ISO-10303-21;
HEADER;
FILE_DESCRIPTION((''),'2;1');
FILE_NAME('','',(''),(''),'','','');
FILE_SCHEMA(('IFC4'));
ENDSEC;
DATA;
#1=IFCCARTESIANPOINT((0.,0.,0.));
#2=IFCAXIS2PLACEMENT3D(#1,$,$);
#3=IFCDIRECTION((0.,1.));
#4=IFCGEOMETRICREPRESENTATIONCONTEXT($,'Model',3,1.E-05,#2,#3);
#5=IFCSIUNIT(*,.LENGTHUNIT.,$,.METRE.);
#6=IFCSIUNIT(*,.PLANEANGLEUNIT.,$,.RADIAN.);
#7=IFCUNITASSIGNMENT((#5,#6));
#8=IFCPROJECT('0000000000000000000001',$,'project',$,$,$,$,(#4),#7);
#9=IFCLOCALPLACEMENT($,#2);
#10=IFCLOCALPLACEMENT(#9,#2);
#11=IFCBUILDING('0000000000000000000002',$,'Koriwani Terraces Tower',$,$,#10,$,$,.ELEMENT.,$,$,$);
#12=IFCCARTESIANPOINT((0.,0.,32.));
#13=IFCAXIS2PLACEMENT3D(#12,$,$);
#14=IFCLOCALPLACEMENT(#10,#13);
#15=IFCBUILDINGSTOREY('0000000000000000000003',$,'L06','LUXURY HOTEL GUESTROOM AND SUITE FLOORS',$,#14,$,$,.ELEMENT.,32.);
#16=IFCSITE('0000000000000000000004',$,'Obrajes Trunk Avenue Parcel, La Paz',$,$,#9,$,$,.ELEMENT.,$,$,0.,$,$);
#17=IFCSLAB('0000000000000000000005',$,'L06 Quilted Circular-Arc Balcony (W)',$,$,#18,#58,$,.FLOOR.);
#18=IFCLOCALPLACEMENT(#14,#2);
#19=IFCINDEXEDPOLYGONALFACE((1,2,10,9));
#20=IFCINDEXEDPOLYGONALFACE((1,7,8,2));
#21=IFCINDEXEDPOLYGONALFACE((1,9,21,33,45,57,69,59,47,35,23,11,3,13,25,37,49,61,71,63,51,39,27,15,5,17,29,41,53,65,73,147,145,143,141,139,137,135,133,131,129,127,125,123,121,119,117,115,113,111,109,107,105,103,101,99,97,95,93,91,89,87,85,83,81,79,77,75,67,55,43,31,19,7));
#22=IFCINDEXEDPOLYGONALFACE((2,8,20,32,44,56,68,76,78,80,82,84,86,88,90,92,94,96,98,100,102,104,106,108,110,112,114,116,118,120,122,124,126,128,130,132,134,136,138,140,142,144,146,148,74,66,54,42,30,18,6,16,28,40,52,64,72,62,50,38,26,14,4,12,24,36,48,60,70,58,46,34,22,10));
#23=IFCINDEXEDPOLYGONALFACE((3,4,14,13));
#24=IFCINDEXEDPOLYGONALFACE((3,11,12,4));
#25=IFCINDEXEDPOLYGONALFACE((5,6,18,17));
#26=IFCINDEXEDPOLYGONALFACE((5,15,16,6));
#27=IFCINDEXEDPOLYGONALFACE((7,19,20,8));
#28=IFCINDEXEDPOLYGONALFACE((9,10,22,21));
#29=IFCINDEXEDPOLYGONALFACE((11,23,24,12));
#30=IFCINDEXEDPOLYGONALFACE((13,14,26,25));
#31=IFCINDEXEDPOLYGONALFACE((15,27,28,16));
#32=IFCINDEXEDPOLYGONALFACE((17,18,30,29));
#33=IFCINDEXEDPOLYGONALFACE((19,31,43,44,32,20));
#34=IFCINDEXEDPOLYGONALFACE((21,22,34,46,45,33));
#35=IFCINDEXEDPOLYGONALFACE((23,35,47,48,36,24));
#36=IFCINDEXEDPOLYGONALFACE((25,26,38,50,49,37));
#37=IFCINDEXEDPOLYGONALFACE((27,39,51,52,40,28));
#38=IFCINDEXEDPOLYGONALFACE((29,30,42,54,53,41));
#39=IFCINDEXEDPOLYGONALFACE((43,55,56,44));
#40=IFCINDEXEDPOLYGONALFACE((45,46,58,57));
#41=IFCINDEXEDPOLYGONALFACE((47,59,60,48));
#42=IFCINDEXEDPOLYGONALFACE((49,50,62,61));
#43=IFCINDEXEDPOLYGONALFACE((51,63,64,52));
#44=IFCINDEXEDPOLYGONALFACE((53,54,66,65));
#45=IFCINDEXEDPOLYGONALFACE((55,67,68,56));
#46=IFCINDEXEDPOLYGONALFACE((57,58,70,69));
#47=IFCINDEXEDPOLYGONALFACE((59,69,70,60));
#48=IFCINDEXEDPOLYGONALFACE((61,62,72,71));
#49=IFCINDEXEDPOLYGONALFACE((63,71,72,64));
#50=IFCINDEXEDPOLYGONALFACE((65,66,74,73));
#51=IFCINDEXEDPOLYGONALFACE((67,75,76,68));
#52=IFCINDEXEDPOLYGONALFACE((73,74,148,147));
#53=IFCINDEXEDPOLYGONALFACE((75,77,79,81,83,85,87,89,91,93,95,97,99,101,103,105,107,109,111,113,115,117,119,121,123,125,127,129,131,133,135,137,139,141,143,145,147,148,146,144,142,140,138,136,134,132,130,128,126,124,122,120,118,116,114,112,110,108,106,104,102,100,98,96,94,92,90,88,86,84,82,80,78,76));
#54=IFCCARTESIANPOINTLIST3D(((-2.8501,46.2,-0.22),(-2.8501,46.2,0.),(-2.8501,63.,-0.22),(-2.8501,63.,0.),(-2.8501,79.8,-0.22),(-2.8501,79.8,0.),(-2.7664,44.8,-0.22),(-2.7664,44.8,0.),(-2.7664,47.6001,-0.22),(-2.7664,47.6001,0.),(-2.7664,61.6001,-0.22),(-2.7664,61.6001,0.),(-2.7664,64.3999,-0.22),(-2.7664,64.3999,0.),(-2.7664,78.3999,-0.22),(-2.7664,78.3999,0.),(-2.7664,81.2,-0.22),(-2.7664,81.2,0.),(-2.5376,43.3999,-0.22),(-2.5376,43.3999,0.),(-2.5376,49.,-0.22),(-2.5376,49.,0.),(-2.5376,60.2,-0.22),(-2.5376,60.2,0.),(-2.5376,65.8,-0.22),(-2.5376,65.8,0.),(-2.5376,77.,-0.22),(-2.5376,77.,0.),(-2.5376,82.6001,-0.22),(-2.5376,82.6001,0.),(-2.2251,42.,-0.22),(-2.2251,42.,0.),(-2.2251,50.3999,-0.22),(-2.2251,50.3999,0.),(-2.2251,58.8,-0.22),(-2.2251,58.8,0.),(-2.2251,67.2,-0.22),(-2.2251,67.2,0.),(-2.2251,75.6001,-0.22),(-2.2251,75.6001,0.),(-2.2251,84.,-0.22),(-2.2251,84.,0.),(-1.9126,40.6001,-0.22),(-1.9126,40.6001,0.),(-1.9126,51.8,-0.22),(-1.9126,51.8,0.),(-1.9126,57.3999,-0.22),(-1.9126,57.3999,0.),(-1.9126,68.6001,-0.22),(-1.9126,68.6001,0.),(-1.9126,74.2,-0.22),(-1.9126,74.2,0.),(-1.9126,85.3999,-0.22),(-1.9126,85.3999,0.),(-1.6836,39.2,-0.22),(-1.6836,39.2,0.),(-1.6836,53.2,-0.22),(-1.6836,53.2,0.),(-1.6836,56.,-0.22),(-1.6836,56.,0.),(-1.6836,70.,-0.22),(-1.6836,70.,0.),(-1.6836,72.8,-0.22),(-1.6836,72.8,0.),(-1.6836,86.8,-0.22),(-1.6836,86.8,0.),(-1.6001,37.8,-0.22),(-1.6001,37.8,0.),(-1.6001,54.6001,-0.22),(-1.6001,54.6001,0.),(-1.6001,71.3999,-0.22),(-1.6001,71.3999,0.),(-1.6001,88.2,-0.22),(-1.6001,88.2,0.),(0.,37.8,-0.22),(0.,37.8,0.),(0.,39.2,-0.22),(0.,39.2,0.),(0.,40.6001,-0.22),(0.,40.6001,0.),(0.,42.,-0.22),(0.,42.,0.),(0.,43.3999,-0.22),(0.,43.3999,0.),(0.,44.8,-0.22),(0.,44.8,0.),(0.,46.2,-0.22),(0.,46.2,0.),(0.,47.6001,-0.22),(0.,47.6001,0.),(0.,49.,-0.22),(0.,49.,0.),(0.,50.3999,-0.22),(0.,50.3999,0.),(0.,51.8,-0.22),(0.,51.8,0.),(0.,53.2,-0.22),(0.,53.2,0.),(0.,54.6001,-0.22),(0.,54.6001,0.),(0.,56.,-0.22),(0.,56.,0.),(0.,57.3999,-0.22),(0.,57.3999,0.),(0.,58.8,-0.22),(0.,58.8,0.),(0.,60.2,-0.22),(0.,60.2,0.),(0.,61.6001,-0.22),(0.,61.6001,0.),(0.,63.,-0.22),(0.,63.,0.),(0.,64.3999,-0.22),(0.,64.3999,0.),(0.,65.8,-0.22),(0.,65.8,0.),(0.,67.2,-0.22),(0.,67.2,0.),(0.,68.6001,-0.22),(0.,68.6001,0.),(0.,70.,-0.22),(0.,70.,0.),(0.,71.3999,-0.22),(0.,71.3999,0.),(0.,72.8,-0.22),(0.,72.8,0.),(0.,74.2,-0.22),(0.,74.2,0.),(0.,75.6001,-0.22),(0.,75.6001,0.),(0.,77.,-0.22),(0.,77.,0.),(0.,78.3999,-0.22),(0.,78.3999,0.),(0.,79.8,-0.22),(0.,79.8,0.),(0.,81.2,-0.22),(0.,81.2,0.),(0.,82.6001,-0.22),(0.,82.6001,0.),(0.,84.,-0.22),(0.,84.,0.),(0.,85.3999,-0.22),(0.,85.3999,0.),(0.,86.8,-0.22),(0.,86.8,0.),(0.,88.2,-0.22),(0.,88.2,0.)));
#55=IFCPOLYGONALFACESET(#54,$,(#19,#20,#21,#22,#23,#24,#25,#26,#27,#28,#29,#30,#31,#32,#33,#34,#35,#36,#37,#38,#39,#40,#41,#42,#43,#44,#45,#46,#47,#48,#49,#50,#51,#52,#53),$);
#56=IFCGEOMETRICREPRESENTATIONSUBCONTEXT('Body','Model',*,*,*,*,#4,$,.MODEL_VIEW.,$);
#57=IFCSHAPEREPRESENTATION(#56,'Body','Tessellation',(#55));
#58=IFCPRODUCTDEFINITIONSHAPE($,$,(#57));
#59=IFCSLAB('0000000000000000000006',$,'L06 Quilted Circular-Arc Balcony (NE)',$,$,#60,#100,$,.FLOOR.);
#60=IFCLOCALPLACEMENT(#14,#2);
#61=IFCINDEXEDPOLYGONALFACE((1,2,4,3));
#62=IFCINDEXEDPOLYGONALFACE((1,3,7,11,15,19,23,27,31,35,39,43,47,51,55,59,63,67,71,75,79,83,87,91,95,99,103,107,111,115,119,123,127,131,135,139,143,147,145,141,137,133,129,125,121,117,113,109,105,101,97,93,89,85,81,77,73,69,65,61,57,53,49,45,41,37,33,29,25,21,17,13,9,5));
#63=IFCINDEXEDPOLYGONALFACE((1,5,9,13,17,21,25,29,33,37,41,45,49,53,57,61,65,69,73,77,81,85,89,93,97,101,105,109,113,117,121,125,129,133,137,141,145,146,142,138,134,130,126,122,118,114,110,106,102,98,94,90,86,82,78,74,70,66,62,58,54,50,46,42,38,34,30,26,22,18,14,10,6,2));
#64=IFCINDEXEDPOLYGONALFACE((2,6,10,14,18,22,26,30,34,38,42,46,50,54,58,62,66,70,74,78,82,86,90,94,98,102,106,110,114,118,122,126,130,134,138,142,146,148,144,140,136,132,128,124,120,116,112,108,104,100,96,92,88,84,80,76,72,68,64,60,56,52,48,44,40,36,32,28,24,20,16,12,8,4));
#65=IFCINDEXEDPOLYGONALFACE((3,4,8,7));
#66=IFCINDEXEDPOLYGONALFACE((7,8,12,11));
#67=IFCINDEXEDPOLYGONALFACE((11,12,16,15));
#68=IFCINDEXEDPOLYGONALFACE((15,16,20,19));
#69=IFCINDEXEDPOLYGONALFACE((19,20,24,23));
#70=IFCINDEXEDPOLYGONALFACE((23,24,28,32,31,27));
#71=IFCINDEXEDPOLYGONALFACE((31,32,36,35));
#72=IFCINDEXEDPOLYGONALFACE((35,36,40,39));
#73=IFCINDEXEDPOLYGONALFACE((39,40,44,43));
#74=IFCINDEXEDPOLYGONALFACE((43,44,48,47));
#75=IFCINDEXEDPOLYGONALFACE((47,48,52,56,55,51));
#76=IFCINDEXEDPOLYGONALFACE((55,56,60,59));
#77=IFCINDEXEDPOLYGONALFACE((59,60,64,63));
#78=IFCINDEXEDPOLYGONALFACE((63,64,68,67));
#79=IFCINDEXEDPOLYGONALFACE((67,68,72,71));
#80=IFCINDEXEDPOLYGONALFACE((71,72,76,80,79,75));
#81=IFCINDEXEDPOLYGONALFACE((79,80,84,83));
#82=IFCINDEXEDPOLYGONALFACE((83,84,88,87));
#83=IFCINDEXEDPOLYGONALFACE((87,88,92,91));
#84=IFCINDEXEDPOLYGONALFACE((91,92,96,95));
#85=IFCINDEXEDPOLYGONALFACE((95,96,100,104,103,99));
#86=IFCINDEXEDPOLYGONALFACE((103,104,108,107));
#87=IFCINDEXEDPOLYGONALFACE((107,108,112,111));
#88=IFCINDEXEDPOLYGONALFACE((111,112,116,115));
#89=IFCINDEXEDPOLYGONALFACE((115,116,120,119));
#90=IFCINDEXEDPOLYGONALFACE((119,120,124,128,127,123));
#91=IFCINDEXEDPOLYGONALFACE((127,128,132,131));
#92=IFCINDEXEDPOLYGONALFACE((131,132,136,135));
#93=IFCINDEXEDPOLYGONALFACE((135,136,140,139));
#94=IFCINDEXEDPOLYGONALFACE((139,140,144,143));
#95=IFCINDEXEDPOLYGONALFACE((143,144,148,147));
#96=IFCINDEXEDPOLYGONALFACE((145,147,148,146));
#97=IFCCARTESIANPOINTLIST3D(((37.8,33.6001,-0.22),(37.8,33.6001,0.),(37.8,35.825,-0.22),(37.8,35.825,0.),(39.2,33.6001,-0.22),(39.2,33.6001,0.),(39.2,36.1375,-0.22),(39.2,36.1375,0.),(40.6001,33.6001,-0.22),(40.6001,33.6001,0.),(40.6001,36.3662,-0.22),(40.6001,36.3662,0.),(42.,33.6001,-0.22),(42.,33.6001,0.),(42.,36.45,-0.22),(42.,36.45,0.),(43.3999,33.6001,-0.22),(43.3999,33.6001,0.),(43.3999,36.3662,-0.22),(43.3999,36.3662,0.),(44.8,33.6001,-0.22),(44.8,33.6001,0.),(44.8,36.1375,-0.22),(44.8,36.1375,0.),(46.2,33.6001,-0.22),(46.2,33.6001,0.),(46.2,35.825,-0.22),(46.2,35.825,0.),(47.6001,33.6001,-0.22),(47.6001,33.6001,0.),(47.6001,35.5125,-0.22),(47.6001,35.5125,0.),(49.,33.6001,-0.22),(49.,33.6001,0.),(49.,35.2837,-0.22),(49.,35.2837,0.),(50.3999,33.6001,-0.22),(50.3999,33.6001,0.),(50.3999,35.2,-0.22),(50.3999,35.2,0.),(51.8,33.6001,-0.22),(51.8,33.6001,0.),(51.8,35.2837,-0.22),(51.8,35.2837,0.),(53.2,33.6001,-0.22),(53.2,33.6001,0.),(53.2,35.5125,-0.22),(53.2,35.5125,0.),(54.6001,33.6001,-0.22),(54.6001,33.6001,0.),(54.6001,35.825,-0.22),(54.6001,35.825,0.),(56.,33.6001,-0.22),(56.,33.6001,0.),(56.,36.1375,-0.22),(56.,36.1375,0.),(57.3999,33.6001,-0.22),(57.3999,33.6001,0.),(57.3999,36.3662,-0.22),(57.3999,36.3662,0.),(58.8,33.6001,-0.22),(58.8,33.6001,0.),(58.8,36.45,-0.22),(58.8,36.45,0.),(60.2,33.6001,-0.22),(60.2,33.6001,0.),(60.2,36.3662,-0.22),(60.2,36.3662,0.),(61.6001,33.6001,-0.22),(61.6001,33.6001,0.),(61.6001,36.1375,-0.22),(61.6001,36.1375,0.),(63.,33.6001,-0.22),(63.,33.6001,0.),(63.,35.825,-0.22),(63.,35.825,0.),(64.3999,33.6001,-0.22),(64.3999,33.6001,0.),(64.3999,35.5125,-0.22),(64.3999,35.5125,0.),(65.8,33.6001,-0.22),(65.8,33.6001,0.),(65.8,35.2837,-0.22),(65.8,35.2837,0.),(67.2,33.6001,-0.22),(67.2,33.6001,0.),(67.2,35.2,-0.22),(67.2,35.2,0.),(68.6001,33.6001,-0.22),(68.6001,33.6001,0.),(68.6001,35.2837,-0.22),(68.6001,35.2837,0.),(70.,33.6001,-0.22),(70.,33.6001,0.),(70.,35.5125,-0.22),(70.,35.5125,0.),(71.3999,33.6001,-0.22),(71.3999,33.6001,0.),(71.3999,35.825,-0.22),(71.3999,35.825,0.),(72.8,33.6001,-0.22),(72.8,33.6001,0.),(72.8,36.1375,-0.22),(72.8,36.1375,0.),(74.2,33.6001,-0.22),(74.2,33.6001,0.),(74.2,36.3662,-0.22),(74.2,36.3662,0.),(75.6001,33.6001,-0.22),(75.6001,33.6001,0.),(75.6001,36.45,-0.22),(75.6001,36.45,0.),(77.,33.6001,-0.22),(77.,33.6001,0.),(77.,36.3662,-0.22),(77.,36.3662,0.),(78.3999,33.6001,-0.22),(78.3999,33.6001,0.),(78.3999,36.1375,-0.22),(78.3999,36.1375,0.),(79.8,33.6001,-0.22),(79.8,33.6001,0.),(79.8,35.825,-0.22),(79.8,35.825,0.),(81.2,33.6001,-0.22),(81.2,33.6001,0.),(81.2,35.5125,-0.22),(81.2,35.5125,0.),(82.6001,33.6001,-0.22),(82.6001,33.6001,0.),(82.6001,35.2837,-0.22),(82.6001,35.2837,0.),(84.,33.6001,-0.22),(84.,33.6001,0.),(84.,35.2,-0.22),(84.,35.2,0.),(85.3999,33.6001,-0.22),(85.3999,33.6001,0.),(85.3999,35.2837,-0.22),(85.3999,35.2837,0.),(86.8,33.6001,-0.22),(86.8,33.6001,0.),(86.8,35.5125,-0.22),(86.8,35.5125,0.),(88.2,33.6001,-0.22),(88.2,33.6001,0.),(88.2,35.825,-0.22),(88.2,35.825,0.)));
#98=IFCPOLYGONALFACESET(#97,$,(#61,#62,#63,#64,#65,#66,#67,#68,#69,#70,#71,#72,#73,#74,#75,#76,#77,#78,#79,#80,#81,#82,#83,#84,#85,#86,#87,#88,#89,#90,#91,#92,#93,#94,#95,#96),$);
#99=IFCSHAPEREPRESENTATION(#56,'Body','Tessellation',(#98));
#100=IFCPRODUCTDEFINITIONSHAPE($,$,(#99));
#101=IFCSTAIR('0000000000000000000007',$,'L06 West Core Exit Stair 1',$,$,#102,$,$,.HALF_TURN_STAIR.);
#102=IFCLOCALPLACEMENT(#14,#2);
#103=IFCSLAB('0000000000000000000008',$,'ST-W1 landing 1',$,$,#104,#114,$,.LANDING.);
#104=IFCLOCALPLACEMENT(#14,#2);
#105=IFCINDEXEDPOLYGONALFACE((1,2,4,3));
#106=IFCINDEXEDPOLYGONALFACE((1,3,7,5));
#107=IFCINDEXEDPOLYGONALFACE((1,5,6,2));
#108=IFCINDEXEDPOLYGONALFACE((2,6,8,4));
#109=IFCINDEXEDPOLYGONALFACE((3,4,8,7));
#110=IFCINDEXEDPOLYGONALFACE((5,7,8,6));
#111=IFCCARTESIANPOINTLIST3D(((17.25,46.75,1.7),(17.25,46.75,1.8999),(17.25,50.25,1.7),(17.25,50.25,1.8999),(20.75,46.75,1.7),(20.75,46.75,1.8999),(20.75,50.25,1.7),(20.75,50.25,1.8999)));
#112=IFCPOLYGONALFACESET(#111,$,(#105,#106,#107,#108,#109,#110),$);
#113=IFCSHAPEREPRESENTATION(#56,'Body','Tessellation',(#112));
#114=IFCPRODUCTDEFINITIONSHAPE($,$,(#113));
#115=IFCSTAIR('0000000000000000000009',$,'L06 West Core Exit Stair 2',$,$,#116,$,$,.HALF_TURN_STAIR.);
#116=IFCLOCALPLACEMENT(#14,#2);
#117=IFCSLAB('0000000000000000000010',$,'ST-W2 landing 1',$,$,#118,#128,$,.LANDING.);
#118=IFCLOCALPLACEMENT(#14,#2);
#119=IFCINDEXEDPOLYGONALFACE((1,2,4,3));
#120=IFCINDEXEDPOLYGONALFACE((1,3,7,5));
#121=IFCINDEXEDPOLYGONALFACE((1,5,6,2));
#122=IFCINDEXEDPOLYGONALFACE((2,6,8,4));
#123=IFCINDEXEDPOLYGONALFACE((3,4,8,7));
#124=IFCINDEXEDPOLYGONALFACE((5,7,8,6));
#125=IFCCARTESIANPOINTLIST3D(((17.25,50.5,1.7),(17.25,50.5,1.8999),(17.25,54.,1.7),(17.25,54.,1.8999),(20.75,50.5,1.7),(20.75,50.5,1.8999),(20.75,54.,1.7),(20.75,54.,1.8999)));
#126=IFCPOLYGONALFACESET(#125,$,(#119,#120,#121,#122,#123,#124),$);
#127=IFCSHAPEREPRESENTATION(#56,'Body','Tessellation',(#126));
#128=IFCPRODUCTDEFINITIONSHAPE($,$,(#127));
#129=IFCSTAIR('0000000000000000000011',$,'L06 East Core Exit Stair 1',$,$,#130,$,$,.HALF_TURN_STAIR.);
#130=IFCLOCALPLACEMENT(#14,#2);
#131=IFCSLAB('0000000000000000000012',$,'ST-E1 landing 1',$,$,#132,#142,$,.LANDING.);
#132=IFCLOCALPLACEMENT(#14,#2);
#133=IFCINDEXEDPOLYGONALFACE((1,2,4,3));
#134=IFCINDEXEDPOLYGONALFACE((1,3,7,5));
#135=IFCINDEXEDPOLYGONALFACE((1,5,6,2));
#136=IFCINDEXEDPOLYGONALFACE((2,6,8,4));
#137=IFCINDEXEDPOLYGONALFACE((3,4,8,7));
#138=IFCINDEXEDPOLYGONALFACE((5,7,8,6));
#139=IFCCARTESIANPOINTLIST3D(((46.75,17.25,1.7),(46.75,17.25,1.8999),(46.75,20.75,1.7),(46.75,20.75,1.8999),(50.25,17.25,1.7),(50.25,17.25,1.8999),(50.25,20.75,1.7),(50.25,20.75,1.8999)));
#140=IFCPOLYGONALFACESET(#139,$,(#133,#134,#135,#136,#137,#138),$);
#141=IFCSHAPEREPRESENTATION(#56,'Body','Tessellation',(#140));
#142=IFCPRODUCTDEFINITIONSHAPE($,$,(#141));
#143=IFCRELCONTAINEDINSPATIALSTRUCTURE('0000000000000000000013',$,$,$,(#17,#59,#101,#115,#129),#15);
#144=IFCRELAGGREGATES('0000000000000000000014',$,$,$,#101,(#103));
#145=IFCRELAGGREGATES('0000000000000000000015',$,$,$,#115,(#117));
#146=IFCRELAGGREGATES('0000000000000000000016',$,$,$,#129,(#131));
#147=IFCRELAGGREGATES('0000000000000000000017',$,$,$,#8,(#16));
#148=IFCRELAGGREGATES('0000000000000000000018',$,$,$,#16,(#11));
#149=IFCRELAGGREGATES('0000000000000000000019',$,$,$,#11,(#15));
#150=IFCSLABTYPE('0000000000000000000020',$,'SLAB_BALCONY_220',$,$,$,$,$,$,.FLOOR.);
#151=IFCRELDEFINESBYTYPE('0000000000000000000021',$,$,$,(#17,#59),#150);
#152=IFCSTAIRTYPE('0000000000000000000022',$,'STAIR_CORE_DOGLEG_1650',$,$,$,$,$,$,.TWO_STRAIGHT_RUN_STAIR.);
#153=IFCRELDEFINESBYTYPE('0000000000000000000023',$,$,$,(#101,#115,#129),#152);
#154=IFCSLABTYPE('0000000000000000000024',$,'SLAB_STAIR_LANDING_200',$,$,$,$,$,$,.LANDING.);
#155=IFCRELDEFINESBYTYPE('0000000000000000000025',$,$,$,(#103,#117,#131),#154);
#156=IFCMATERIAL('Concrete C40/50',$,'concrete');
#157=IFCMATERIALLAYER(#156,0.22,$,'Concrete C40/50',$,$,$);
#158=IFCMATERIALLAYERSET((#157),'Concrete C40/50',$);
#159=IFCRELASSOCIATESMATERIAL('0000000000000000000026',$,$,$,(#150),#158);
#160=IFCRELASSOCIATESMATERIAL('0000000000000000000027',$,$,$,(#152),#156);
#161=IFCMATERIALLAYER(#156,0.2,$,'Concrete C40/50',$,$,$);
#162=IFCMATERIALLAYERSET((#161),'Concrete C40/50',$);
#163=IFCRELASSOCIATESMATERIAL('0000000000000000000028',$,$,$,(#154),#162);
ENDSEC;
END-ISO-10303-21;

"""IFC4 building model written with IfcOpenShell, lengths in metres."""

from ifc_helpers import new_model, si_unit, direction, frame, origin, place, context, subcontext, project, spatial, polyline, outline, extrude, material, layer, layer_set, type_object, element, aggregate, save


model = new_model("IFC4")

# Units and contexts
model_context = context("Model", 3, precision=1e-05, world=origin(), true_north=direction((0.0, 1.0)))
body_context = subcontext(model_context, "Body", "Model", "MODEL_VIEW")
ifc_project = project(units=[si_unit("LENGTHUNIT", "METRE"), si_unit("PLANEANGLEUNIT", "RADIAN")], contexts=[model_context])

# Site, building, storey
site_placement = place(None, origin())
site = spatial("IfcSite", under=ifc_project, at=site_placement, Name="Obrajes Trunk Avenue Parcel, La Paz", CompositionType="ELEMENT", RefElevation=0.0)
building_placement = place(site_placement, origin())
building = spatial("IfcBuilding", under=site, at=building_placement, Name="Koriwani Terraces Tower", CompositionType="ELEMENT")
storey_placement = place(building_placement, frame((0.0, 0.0, 32.0)))
storey = spatial("IfcBuildingStorey", under=building, at=storey_placement, Name="L06", Description="LUXURY HOTEL GUESTROOM AND SUITE FLOORS", CompositionType="ELEMENT", Elevation=32.0)

# Slabs
ifc_material_1 = material(Name="Concrete C40/50", Category="concrete")
ifc_layer_1 = layer(ifc_material_1, 0.22, Name="Concrete C40/50")
ifc_layer_set_1 = layer_set([ifc_layer_1], Name="Concrete C40/50")
slab_type_1 = type_object("IfcSlabType", Name="SLAB_BALCONY_220", PredefinedType="FLOOR", material=ifc_layer_set_1)
slab_1_placement = place(storey_placement, frame((0.0, 0.0, -0.22)))
element("IfcSlab", 1, at=slab_1_placement, inside=storey, type_object=slab_type_1, Name="L06 Quilted Circular-Arc Balcony (W)", PredefinedType="FLOOR", context=body_context, shape_type="SweptSolid", body=[
    extrude(outline(polyline([(0.0, 37.8), (0.0, 39.2), (0.0, 40.6001), (0.0, 42.0), (0.0, 43.3999), (0.0, 44.8), (0.0, 46.2), (0.0, 47.6001), (0.0, 49.0), (0.0, 50.3999), (0.0, 51.8), (0.0, 53.2), (0.0, 54.6001), (0.0, 56.0), (0.0, 57.3999), (0.0, 58.8), (0.0, 60.2), (0.0, 61.6001), (0.0, 63.0), (0.0, 64.3999), (0.0, 65.8), (0.0, 67.2), (0.0, 68.6001), (0.0, 70.0), (0.0, 71.3999), (0.0, 72.8), (0.0, 74.2), (0.0, 75.6001), (0.0, 77.0), (0.0, 78.3999), (0.0, 79.8), (0.0, 81.2), (0.0, 82.6001), (0.0, 84.0), (0.0, 85.3999), (0.0, 86.8), (0.0, 88.2), (-1.6001, 88.2), (-1.6836, 86.8), (-1.9126, 85.3999), (-2.2251, 84.0), (-2.5376, 82.6001), (-2.7664, 81.2), (-2.8501, 79.8), (-2.7664, 78.3999), (-2.5376, 77.0), (-2.2251, 75.6001), (-1.9126, 74.2), (-1.6836, 72.8), (-1.6001, 71.3999), (-1.6836, 70.0), (-1.9126, 68.6001), (-2.2251, 67.2), (-2.5376, 65.8), (-2.7664, 64.3999), (-2.8501, 63.0), (-2.7664, 61.6001), (-2.5376, 60.2), (-2.2251, 58.8), (-1.9126, 57.3999), (-1.6836, 56.0), (-1.6001, 54.6001), (-1.6836, 53.2), (-1.9126, 51.8), (-2.2251, 50.3999), (-2.5376, 49.0), (-2.7664, 47.6001), (-2.8501, 46.2), (-2.7664, 44.8), (-2.5376, 43.3999), (-2.2251, 42.0), (-1.9126, 40.6001), (-1.6836, 39.2), (-1.6001, 37.8), (0.0, 37.8)])), origin(), (0.0, 0.0, 1.0), 0.22),
])
slab_2_placement = place(storey_placement, frame((0.0, 0.0, -0.22)))
element("IfcSlab", 2, at=slab_2_placement, inside=storey, type_object=slab_type_1, Name="L06 Quilted Circular-Arc Balcony (NE)", PredefinedType="FLOOR", context=body_context, shape_type="SweptSolid", body=[
    extrude(outline(polyline([(88.2, 33.6001), (86.8, 33.6001), (85.3999, 33.6001), (84.0, 33.6001), (82.6001, 33.6001), (81.2, 33.6001), (79.8, 33.6001), (78.3999, 33.6001), (77.0, 33.6001), (75.6001, 33.6001), (74.2, 33.6001), (72.8, 33.6001), (71.3999, 33.6001), (70.0, 33.6001), (68.6001, 33.6001), (67.2, 33.6001), (65.8, 33.6001), (64.3999, 33.6001), (63.0, 33.6001), (61.6001, 33.6001), (60.2, 33.6001), (58.8, 33.6001), (57.3999, 33.6001), (56.0, 33.6001), (54.6001, 33.6001), (53.2, 33.6001), (51.8, 33.6001), (50.3999, 33.6001), (49.0, 33.6001), (47.6001, 33.6001), (46.2, 33.6001), (44.8, 33.6001), (43.3999, 33.6001), (42.0, 33.6001), (40.6001, 33.6001), (39.2, 33.6001), (37.8, 33.6001), (37.8, 35.825), (39.2, 36.1375), (40.6001, 36.3662), (42.0, 36.45), (43.3999, 36.3662), (44.8, 36.1375), (46.2, 35.825), (47.6001, 35.5125), (49.0, 35.2837), (50.3999, 35.2), (51.8, 35.2837), (53.2, 35.5125), (54.6001, 35.825), (56.0, 36.1375), (57.3999, 36.3662), (58.8, 36.45), (60.2, 36.3662), (61.6001, 36.1375), (63.0, 35.825), (64.3999, 35.5125), (65.8, 35.2837), (67.2, 35.2), (68.6001, 35.2837), (70.0, 35.5125), (71.3999, 35.825), (72.8, 36.1375), (74.2, 36.3662), (75.6001, 36.45), (77.0, 36.3662), (78.3999, 36.1375), (79.8, 35.825), (81.2, 35.5125), (82.6001, 35.2837), (84.0, 35.2), (85.3999, 35.2837), (86.8, 35.5125), (88.2, 35.825), (88.2, 33.6001)])), origin(), (0.0, 0.0, 1.0), 0.22),
])

# Stairs, slabs
stair_type = type_object("IfcStairType", Name="STAIR_CORE_DOGLEG_1650", PredefinedType="TWO_STRAIGHT_RUN_STAIR", material=ifc_material_1)
stair_1_placement = place(storey_placement, origin())
stair_1 = element("IfcStair", 3, at=stair_1_placement, inside=storey, type_object=stair_type, Name="L06 West Core Exit Stair 1", PredefinedType="HALF_TURN_STAIR")
ifc_layer_2 = layer(ifc_material_1, 0.2, Name="Concrete C40/50")
ifc_layer_set_2 = layer_set([ifc_layer_2], Name="Concrete C40/50")
slab_type_2 = type_object("IfcSlabType", Name="SLAB_STAIR_LANDING_200", PredefinedType="LANDING", material=ifc_layer_set_2)
slab_3_placement = place(storey_placement, frame((0.0, 0.0, 1.7)))
slab_3 = element("IfcSlab", 4, at=slab_3_placement, type_object=slab_type_2, Name="ST-W1 landing 1", PredefinedType="LANDING", context=body_context, shape_type="SweptSolid", body=[
    extrude(outline(polyline([(20.75, 46.75), (20.75, 50.25), (17.25, 50.25), (17.25, 46.75), (20.75, 46.75)])), origin(), (0.0, 0.0, 1.0), 0.2),
])
aggregate(stair_1, [slab_3])
stair_2_placement = place(storey_placement, origin())
stair_2 = element("IfcStair", 5, at=stair_2_placement, inside=storey, type_object=stair_type, Name="L06 West Core Exit Stair 2", PredefinedType="HALF_TURN_STAIR")
slab_4_placement = place(storey_placement, frame((0.0, 0.0, 1.7)))
slab_4 = element("IfcSlab", 6, at=slab_4_placement, type_object=slab_type_2, Name="ST-W2 landing 1", PredefinedType="LANDING", context=body_context, shape_type="SweptSolid", body=[
    extrude(outline(polyline([(17.25, 54.0), (17.25, 50.5), (20.75, 50.5), (20.75, 54.0), (17.25, 54.0)])), origin(), (0.0, 0.0, 1.0), 0.2),
])
aggregate(stair_2, [slab_4])
stair_3_placement = place(storey_placement, origin())
stair_3 = element("IfcStair", 7, at=stair_3_placement, inside=storey, type_object=stair_type, Name="L06 East Core Exit Stair 1", PredefinedType="HALF_TURN_STAIR")
slab_5_placement = place(storey_placement, frame((0.0, 0.0, 1.7)))
slab_5 = element("IfcSlab", 8, at=slab_5_placement, type_object=slab_type_2, Name="ST-E1 landing 1", PredefinedType="LANDING", context=body_context, shape_type="SweptSolid", body=[
    extrude(outline(polyline([(46.75, 17.25), (50.25, 17.25), (50.25, 20.75), (46.75, 20.75), (46.75, 17.25)])), origin(), (0.0, 0.0, 1.0), 0.2),
])
aggregate(stair_3, [slab_5])

save(model, "model.ifc")
